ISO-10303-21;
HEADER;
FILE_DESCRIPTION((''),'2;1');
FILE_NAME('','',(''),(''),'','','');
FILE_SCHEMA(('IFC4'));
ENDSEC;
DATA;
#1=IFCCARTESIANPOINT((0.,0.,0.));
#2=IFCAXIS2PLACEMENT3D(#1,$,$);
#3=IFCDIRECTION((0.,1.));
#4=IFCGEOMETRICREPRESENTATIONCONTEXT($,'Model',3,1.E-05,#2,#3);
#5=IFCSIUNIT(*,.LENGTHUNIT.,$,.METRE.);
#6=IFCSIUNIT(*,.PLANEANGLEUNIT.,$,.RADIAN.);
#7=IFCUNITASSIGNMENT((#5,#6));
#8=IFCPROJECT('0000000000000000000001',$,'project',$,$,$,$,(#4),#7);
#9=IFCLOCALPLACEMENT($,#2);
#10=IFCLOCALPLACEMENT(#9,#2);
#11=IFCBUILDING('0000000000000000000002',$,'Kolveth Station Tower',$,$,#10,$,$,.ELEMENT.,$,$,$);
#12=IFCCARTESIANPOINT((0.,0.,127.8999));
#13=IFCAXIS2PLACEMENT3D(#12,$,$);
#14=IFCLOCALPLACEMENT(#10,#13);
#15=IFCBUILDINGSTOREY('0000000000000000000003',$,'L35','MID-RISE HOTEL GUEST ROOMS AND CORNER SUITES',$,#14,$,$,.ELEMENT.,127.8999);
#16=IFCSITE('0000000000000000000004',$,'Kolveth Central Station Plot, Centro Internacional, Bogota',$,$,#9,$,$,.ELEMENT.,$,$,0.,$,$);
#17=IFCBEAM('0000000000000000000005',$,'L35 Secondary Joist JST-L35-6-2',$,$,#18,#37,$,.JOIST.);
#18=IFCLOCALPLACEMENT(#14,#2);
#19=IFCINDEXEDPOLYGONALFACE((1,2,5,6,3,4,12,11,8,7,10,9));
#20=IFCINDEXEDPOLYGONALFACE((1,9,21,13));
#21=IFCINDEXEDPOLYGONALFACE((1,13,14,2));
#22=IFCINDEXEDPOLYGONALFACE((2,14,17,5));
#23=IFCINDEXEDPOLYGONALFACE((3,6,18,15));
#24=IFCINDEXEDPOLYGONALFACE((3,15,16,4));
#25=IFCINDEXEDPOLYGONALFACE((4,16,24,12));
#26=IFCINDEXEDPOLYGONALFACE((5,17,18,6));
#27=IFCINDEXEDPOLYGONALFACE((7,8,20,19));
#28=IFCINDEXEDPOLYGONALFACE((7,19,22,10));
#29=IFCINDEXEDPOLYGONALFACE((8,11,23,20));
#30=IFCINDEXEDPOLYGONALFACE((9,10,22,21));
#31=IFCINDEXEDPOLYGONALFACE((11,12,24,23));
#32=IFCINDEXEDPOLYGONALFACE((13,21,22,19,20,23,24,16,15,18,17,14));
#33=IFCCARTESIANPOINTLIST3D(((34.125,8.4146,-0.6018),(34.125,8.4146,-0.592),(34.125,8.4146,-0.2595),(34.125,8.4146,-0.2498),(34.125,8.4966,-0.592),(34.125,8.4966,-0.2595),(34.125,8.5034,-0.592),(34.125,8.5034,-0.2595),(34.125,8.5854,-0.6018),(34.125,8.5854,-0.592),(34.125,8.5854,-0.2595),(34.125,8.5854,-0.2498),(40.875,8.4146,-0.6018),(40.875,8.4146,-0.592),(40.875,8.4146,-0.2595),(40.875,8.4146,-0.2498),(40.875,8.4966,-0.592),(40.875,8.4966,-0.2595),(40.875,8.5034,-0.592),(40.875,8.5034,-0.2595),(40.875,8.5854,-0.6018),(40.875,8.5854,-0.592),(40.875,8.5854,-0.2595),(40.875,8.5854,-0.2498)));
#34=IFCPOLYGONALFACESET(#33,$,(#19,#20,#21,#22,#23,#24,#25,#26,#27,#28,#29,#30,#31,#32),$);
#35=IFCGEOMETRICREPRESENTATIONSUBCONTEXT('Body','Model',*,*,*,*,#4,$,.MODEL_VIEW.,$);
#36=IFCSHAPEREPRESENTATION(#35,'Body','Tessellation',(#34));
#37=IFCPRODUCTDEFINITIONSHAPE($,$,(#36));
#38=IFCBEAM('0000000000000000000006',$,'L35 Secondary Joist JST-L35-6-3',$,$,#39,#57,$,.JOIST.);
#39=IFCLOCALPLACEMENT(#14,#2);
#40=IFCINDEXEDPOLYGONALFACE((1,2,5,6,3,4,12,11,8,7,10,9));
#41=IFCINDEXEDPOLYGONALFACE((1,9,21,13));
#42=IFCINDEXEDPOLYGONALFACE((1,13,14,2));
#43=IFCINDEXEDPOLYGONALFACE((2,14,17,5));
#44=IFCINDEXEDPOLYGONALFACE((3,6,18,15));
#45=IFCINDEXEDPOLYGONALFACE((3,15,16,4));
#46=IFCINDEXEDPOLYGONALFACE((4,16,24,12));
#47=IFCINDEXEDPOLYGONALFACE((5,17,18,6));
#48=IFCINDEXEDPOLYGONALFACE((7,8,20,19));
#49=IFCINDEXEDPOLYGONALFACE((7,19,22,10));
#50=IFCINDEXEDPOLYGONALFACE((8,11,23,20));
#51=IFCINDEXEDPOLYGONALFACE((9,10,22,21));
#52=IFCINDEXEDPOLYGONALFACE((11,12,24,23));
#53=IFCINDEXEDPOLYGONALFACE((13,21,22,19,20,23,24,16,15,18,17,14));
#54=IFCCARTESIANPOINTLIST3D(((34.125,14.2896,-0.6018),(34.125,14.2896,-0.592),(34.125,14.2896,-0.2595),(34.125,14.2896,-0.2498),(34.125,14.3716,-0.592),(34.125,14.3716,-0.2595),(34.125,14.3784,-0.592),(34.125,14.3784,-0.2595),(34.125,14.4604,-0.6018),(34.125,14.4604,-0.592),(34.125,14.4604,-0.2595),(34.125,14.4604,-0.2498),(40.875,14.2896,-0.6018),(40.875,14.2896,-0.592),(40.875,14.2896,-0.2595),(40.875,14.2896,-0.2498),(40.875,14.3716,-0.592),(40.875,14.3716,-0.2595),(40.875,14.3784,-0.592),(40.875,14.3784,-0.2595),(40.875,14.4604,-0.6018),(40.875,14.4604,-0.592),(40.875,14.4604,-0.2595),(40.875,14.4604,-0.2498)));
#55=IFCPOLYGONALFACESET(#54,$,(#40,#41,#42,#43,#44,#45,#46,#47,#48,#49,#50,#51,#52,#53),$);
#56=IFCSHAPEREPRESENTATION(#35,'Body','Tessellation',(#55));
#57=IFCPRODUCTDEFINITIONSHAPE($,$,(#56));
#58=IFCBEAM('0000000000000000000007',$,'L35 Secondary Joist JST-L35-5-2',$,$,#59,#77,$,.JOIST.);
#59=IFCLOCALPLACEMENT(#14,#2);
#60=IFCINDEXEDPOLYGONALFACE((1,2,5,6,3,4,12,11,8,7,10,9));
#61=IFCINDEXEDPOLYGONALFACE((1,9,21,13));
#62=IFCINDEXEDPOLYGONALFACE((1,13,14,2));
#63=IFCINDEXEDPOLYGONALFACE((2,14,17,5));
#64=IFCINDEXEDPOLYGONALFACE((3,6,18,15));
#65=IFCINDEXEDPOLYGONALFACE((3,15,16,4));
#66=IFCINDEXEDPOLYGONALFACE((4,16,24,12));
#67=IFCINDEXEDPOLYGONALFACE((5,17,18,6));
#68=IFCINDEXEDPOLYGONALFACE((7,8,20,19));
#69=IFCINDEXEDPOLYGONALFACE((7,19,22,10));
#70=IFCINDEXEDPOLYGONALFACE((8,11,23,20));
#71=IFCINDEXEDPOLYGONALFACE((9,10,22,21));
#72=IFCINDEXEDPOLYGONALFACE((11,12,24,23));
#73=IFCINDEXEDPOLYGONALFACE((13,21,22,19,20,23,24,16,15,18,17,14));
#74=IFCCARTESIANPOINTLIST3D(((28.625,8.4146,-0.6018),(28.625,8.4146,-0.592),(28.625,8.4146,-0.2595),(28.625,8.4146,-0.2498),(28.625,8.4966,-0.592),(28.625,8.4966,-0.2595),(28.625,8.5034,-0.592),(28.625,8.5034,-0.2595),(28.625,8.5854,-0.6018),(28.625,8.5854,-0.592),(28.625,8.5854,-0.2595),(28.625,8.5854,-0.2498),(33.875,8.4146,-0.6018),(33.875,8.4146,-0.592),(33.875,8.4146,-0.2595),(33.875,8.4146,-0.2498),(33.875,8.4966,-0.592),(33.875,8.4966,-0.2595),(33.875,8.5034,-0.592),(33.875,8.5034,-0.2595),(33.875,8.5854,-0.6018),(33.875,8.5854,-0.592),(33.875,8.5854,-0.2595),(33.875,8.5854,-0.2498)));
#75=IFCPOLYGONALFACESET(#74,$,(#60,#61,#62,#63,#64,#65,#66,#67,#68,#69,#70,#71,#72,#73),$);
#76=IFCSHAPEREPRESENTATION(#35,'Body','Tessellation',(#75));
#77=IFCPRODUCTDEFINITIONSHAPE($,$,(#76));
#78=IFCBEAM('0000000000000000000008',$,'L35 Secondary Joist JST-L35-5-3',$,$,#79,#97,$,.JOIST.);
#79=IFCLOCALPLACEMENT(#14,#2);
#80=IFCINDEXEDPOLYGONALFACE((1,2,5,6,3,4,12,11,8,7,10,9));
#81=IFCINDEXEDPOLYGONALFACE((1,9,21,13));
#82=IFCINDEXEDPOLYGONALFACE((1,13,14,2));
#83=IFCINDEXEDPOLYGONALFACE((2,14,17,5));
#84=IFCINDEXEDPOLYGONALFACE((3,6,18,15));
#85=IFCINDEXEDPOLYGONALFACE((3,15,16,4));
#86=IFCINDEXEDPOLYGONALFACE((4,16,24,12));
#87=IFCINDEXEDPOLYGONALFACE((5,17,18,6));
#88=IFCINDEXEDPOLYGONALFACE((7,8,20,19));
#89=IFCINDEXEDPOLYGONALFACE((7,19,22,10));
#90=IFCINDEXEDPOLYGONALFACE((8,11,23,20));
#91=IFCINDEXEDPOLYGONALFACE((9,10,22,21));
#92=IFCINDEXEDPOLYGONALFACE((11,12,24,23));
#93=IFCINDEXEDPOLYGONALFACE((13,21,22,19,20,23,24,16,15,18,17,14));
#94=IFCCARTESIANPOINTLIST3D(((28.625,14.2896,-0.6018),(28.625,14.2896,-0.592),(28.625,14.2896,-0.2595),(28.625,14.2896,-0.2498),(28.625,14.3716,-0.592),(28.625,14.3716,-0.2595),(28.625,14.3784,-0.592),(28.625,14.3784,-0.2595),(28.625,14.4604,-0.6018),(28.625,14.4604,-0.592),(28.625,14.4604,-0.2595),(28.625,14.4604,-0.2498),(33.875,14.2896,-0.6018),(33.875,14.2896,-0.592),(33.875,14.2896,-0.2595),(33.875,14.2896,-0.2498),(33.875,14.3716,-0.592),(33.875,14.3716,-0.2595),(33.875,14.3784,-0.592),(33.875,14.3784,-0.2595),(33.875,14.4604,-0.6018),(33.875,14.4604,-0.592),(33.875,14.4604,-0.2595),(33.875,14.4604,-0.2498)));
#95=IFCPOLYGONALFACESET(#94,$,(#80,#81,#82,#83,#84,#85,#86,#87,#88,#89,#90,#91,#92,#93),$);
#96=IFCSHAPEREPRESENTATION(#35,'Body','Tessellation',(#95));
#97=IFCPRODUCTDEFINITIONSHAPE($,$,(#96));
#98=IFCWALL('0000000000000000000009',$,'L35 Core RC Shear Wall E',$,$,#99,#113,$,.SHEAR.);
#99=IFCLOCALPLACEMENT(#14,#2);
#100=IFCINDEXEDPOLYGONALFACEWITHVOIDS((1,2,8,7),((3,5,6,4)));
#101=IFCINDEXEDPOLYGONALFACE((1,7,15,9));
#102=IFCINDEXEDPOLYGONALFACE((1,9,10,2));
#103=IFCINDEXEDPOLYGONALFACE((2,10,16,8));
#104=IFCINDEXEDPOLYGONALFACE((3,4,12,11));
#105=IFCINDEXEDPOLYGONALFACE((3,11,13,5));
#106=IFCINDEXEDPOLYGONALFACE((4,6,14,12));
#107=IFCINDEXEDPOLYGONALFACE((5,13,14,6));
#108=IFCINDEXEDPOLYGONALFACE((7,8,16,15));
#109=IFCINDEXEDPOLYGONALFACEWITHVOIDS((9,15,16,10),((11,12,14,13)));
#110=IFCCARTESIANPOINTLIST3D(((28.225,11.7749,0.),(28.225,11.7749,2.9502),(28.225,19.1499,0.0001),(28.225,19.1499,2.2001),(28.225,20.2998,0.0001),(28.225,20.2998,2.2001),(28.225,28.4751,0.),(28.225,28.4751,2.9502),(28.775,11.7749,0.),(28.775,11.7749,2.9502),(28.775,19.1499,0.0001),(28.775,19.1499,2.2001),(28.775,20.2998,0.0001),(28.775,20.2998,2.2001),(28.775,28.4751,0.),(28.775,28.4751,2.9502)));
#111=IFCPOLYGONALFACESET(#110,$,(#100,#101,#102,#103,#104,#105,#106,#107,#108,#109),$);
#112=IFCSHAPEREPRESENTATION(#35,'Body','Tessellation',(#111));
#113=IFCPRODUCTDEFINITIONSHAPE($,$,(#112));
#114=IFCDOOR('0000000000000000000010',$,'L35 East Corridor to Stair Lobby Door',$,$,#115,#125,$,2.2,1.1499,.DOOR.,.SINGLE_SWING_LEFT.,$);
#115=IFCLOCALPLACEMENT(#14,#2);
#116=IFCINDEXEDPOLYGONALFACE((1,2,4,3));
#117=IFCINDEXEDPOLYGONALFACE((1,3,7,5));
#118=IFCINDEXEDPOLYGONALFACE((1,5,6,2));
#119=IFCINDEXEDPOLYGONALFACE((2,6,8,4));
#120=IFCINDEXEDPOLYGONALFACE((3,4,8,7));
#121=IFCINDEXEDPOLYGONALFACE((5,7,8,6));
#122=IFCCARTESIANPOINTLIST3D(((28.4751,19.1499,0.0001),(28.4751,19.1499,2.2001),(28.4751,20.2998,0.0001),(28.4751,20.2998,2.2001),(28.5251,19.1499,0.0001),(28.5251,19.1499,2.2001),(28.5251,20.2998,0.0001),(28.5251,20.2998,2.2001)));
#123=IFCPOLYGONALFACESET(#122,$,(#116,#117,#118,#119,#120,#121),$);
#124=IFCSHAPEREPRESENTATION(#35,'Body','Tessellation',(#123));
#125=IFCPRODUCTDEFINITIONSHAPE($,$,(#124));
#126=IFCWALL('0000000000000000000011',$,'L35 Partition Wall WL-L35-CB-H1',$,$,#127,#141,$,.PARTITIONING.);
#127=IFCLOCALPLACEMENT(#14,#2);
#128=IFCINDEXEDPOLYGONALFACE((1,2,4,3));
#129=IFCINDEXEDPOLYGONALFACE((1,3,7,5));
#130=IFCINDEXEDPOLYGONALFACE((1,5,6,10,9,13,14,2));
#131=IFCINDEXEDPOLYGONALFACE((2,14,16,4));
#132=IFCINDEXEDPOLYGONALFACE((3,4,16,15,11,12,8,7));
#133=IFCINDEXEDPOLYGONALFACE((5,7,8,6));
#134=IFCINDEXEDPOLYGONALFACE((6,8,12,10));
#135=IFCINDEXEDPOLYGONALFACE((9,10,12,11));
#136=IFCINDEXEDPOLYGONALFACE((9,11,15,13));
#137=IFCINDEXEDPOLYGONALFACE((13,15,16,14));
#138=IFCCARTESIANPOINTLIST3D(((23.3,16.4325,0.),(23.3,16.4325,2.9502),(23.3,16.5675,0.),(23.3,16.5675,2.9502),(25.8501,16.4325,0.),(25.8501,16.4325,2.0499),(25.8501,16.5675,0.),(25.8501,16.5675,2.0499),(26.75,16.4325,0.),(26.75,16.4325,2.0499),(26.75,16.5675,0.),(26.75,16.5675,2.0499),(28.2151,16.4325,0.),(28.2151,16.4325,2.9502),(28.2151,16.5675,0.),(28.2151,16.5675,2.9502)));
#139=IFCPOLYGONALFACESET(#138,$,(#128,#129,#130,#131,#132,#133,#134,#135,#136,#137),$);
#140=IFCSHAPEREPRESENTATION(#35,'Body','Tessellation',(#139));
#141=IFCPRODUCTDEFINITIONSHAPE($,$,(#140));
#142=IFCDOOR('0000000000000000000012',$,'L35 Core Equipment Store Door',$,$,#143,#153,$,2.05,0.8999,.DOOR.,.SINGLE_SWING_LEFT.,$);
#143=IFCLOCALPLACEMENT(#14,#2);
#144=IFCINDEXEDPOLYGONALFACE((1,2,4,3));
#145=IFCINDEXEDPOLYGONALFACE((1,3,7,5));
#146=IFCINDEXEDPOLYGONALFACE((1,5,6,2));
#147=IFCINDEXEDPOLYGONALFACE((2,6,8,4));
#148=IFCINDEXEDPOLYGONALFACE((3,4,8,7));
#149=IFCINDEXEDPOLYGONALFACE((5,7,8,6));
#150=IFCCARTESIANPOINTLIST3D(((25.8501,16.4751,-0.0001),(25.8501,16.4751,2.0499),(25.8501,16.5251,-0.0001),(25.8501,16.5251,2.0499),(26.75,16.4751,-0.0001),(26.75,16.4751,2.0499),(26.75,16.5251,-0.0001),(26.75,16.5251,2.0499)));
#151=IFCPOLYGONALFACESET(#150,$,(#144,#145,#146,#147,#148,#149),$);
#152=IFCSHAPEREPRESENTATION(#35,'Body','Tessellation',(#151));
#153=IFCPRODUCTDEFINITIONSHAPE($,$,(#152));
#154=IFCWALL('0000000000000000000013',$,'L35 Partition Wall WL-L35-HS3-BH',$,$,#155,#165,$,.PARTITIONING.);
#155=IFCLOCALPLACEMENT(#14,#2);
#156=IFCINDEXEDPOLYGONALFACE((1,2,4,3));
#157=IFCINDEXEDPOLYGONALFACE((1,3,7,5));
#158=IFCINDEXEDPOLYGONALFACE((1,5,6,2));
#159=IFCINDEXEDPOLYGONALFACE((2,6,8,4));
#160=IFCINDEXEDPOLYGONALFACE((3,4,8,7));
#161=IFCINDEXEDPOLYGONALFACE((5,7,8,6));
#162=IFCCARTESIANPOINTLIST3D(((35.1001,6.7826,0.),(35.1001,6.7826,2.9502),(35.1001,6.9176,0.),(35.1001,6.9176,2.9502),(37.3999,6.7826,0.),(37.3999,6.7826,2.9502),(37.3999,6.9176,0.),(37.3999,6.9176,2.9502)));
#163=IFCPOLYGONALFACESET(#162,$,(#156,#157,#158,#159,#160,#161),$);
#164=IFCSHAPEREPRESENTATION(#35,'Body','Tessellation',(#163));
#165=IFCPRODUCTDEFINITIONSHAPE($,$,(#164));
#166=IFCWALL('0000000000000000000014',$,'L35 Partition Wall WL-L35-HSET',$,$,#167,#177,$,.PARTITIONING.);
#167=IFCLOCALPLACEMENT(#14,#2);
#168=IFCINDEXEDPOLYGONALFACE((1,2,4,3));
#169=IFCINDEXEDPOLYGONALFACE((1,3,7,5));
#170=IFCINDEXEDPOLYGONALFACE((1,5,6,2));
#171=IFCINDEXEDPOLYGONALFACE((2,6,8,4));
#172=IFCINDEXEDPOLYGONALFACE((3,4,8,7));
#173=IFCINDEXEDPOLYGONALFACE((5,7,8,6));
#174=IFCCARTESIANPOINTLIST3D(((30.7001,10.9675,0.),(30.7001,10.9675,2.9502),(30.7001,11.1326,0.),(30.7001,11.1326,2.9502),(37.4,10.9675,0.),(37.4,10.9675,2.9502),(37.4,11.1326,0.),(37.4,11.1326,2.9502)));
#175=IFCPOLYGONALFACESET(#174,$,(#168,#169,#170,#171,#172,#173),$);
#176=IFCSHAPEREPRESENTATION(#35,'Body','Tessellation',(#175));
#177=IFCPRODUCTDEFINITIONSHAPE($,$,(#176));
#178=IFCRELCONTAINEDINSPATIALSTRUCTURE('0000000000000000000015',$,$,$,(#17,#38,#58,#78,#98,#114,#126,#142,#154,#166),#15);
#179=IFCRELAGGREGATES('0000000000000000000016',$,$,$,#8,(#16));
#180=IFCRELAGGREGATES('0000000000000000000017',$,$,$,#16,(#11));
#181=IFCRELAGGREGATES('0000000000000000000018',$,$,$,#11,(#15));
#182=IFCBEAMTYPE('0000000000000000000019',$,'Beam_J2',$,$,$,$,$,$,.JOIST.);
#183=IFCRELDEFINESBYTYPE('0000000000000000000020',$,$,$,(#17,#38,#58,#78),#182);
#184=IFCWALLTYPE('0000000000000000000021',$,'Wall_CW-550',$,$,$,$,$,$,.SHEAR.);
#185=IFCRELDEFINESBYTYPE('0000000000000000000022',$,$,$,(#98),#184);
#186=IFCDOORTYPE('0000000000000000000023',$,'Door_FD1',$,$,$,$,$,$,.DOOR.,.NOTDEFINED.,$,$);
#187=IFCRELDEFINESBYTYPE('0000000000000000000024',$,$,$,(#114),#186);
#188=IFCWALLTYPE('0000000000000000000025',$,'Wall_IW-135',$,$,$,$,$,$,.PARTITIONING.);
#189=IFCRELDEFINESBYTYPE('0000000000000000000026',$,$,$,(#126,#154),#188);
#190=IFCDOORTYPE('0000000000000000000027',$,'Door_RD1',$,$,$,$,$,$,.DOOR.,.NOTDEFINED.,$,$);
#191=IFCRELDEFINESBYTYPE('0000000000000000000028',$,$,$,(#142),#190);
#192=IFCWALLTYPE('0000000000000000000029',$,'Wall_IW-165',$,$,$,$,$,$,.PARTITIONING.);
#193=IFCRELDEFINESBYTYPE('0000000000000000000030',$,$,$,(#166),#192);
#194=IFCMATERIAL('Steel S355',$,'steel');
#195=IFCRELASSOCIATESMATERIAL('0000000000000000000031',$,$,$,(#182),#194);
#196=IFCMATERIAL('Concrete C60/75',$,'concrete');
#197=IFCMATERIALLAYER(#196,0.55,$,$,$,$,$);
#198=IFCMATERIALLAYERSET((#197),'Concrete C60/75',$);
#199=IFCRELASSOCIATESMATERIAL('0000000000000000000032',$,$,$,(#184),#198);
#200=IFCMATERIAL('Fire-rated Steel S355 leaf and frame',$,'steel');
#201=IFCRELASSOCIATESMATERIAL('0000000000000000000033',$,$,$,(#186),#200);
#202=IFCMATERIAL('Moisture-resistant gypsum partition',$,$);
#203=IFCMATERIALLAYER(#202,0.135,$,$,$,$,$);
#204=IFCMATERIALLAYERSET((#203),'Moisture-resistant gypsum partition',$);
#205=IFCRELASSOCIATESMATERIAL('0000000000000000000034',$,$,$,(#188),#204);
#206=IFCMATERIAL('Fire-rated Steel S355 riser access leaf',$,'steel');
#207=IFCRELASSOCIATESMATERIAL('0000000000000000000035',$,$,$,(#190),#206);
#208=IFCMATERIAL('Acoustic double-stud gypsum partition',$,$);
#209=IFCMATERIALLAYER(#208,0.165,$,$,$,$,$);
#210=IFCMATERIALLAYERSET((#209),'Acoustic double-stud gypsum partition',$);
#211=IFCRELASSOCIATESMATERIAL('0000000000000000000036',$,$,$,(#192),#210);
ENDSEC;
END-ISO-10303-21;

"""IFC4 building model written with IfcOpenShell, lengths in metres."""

from ifc_helpers import new_model, si_unit, direction, frame, frame_2d, origin, origin_2d, place, context, subcontext, project, spatial, rectangle, i_section, extrude, source, transform, mapped, material, layer, layer_set, material_profile, profile_set, type_object, element, fill, save


model = new_model("IFC4")

# Units and contexts
model_context = context("Model", 3, precision=1e-05, world=origin(), true_north=direction((0.0, 1.0)))
body_context = subcontext(model_context, "Body", "Model", "MODEL_VIEW")
ifc_project = project(units=[si_unit("LENGTHUNIT", "METRE"), si_unit("PLANEANGLEUNIT", "RADIAN")], contexts=[model_context])

# Site, building, storey
site_placement = place(None, origin())
site = spatial("IfcSite", under=ifc_project, at=site_placement, Name="Kolveth Central Station Plot, Centro Internacional, Bogota", CompositionType="ELEMENT", RefElevation=0.0)
building_placement = place(site_placement, origin())
building = spatial("IfcBuilding", under=site, at=building_placement, Name="Kolveth Station Tower", CompositionType="ELEMENT")
storey_placement = place(building_placement, frame((0.0, 0.0, 127.8999)))
storey = spatial("IfcBuildingStorey", under=building, at=storey_placement, Name="L35", Description="MID-RISE HOTEL GUEST ROOMS AND CORNER SUITES", CompositionType="ELEMENT", Elevation=127.8999)

# Shared definitions
ifc_material_1 = material(Name="Steel S355", Category="steel")

# Beams
ifc_material_profile_1 = material_profile(ifc_material_1, i_section(OverallWidth=0.1709, OverallDepth=0.3521, WebThickness=0.0068, FlangeThickness=0.0098, at=origin_2d()), Name="W360x44")
ifc_profile_set_1 = profile_set([ifc_material_profile_1], Name="Steel S355")
beam_type_1 = type_object("IfcBeamType", Name="Beam_J2", PredefinedType="JOIST", material=ifc_profile_set_1)
shared_shape_1 = source(origin(), body_context, "Body", "SweptSolid", [
    extrude(i_section(OverallWidth=0.1709, OverallDepth=0.3521, WebThickness=0.0068, FlangeThickness=0.0098, at=origin_2d()), origin(), (0.0, 0.0, 1.0), 6.75),
])
for number, where, z_axis, x_axis, name in (
    (1, (34.125, 8.5, -0.4258), (1.0, 0.0, 0.0), (0.0, 1.0, 0.0), "L35 Secondary Joist JST-L35-6-2"),
    (2, (34.125, 14.375, -0.4258), (1.0, 0.0, 0.0), (0.0, 1.0, 0.0), "L35 Secondary Joist JST-L35-6-3"),
):
    element("IfcBeam", number, at=place(storey_placement, frame(where, z_axis=z_axis, x_axis=x_axis)), inside=storey, type_object=beam_type_1, Name=name, PredefinedType="JOIST", context=body_context, shape_type="MappedRepresentation", body=[
        mapped(shared_shape_1, transform((0.0, 0.0, 0.0), x_axis=(1.0, 0.0, 0.0), y_axis=(0.0, 1.0, 0.0), z_axis=(0.0, 0.0, 1.0), scale=1.0)),
    ])
shared_shape_2 = source(origin(), body_context, "Body", "SweptSolid", [
    extrude(i_section(OverallWidth=0.1709, OverallDepth=0.3521, WebThickness=0.0068, FlangeThickness=0.0098, at=origin_2d()), origin(), (0.0, 0.0, 1.0), 5.25),
])
for number, where, z_axis, x_axis, name in (
    (3, (28.625, 8.5, -0.4258), (1.0, 0.0, 0.0), (0.0, 1.0, 0.0), "L35 Secondary Joist JST-L35-5-2"),
    (4, (28.625, 14.375, -0.4258), (1.0, 0.0, 0.0), (0.0, 1.0, 0.0), "L35 Secondary Joist JST-L35-5-3"),
):
    element("IfcBeam", number, at=place(storey_placement, frame(where, z_axis=z_axis, x_axis=x_axis)), inside=storey, type_object=beam_type_1, Name=name, PredefinedType="JOIST", context=body_context, shape_type="MappedRepresentation", body=[
        mapped(shared_shape_2, transform((0.0, 0.0, 0.0), x_axis=(1.0, 0.0, 0.0), y_axis=(0.0, 1.0, 0.0), z_axis=(0.0, 0.0, 1.0), scale=1.0)),
    ])

# Walls, openings, doors
ifc_material_2 = material(Name="Concrete C60/75", Category="concrete")
ifc_layer_1 = layer(ifc_material_2, 0.55)
ifc_layer_set_1 = layer_set([ifc_layer_1], Name="Concrete C60/75")
wall_type_1 = type_object("IfcWallType", Name="Wall_CW-550", PredefinedType="SHEAR", material=ifc_layer_set_1)
wall_1_placement = place(storey_placement, frame((28.5, 11.7749, 0.0), z_axis=(0.0, 0.0, 1.0), x_axis=(0.0, 1.0, 0.0)))
wall_1 = element("IfcWall", 5, at=wall_1_placement, inside=storey, type_object=wall_type_1, Name="L35 Core RC Shear Wall E", PredefinedType="SHEAR", context=body_context, shape_type="SweptSolid", body=[
    extrude(rectangle(XDim=16.7002, YDim=0.55, at=frame_2d((8.3501, 0.0))), origin(), (0.0, 0.0, 1.0), 2.9502),
])
opening_1_placement = place(wall_1_placement, frame((7.375, 0.0, 0.0)))
opening_1 = element("IfcOpeningElement", 6, at=opening_1_placement, cuts=wall_1, PredefinedType="OPENING", context=body_context, shape_type="SweptSolid", body=[
    extrude(rectangle(XDim=1.1499, YDim=2.2, at=frame_2d((0.575, 1.1001))), frame((0.0, 0.2849, 0.0), z_axis=(0.0, -1.0, 0.0), x_axis=(1.0, 0.0, 0.0)), (0.0, 0.0, 1.0), 0.5701),
])
ifc_material_3 = material(Name="Fire-rated Steel S355 leaf and frame", Category="steel")
door_type_1 = type_object("IfcDoorType", Name="Door_FD1", OperationType="NOTDEFINED", PredefinedType="DOOR", material=ifc_material_3)
door_1_placement = place(opening_1_placement, origin())
door_1 = element("IfcDoor", 7, at=door_1_placement, inside=storey, type_object=door_type_1, Name="L35 East Corridor to Stair Lobby Door", OperationType="SINGLE_SWING_LEFT", OverallHeight=2.2, OverallWidth=1.1499, PredefinedType="DOOR", context=body_context, shape_type="SweptSolid", body=[
    extrude(rectangle(XDim=1.1499, YDim=2.2, at=frame_2d((0.575, 1.1001))), frame((0.0, 0.0249, 0.0), z_axis=(0.0, -1.0, 0.0), x_axis=(1.0, 0.0, 0.0)), (0.0, 0.0, 1.0), 0.05),
])
fill(opening_1, door_1)
ifc_material_4 = material(Name="Moisture-resistant gypsum partition")
ifc_layer_2 = layer(ifc_material_4, 0.135)
ifc_layer_set_2 = layer_set([ifc_layer_2], Name="Moisture-resistant gypsum partition")
wall_type_2 = type_object("IfcWallType", Name="Wall_IW-135", PredefinedType="PARTITIONING", material=ifc_layer_set_2)
wall_2_placement = place(storey_placement, frame((23.3, 16.5, 0.0), z_axis=(0.0, 0.0, 1.0), x_axis=(1.0, 0.0, 0.0)))
wall_2 = element("IfcWall", 8, at=wall_2_placement, inside=storey, type_object=wall_type_2, Name="L35 Partition Wall WL-L35-CB-H1", PredefinedType="PARTITIONING", context=body_context, shape_type="SweptSolid", body=[
    extrude(rectangle(XDim=4.915, YDim=0.135, at=frame_2d((2.4575, 0.0))), origin(), (0.0, 0.0, 1.0), 2.9502),
])
opening_2_placement = place(wall_2_placement, frame((2.55, 0.0, 0.0)))
opening_2 = element("IfcOpeningElement", 9, at=opening_2_placement, cuts=wall_2, PredefinedType="OPENING", context=body_context, shape_type="SweptSolid", body=[
    extrude(rectangle(XDim=0.8999, YDim=2.05, at=frame_2d((0.45, 1.0249))), frame((0.0, 0.0774, 0.0), z_axis=(0.0, -1.0, 0.0), x_axis=(1.0, 0.0, 0.0)), (0.0, 0.0, 1.0), 0.155),
])
ifc_material_5 = material(Name="Fire-rated Steel S355 riser access leaf", Category="steel")
door_type_2 = type_object("IfcDoorType", Name="Door_RD1", OperationType="NOTDEFINED", PredefinedType="DOOR", material=ifc_material_5)
door_2_placement = place(opening_2_placement, frame((0.8999, 0.0, 0.0), z_axis=(0.0, 0.0, 1.0), x_axis=(-1.0, 0.0, 0.0)))
door_2 = element("IfcDoor", 10, at=door_2_placement, inside=storey, type_object=door_type_2, Name="L35 Core Equipment Store Door", OperationType="SINGLE_SWING_LEFT", OverallHeight=2.05, OverallWidth=0.8999, PredefinedType="DOOR", context=body_context, shape_type="SweptSolid", body=[
    extrude(rectangle(XDim=0.8999, YDim=2.05, at=frame_2d((0.45, 1.0249))), frame((0.0, 0.0249, 0.0), z_axis=(0.0, -1.0, 0.0), x_axis=(1.0, 0.0, 0.0)), (0.0, 0.0, 1.0), 0.05),
])
fill(opening_2, door_2)

# Walls
wall_3_placement = place(storey_placement, frame((35.1001, 6.8501, 0.0), z_axis=(0.0, 0.0, 1.0), x_axis=(1.0, 0.0, 0.0)))
element("IfcWall", 11, at=wall_3_placement, inside=storey, type_object=wall_type_2, Name="L35 Partition Wall WL-L35-HS3-BH", PredefinedType="PARTITIONING", context=body_context, shape_type="SweptSolid", body=[
    extrude(rectangle(XDim=2.2998, YDim=0.135, at=frame_2d((1.1499, 0.0))), origin(), (0.0, 0.0, 1.0), 2.9502),
])
ifc_material_6 = material(Name="Acoustic double-stud gypsum partition")
ifc_layer_3 = layer(ifc_material_6, 0.165)
ifc_layer_set_3 = layer_set([ifc_layer_3], Name="Acoustic double-stud gypsum partition")
wall_type_3 = type_object("IfcWallType", Name="Wall_IW-165", PredefinedType="PARTITIONING", material=ifc_layer_set_3)
wall_4_placement = place(storey_placement, frame((30.7, 11.05, 0.0), z_axis=(0.0, 0.0, 1.0), x_axis=(1.0, 0.0, 0.0)))
element("IfcWall", 12, at=wall_4_placement, inside=storey, type_object=wall_type_3, Name="L35 Partition Wall WL-L35-HSET", PredefinedType="PARTITIONING", context=body_context, shape_type="SweptSolid", body=[
    extrude(rectangle(XDim=6.7, YDim=0.165, at=frame_2d((3.3501, 0.0))), origin(), (0.0, 0.0, 1.0), 2.9502),
])

save(model, "model.ifc")
